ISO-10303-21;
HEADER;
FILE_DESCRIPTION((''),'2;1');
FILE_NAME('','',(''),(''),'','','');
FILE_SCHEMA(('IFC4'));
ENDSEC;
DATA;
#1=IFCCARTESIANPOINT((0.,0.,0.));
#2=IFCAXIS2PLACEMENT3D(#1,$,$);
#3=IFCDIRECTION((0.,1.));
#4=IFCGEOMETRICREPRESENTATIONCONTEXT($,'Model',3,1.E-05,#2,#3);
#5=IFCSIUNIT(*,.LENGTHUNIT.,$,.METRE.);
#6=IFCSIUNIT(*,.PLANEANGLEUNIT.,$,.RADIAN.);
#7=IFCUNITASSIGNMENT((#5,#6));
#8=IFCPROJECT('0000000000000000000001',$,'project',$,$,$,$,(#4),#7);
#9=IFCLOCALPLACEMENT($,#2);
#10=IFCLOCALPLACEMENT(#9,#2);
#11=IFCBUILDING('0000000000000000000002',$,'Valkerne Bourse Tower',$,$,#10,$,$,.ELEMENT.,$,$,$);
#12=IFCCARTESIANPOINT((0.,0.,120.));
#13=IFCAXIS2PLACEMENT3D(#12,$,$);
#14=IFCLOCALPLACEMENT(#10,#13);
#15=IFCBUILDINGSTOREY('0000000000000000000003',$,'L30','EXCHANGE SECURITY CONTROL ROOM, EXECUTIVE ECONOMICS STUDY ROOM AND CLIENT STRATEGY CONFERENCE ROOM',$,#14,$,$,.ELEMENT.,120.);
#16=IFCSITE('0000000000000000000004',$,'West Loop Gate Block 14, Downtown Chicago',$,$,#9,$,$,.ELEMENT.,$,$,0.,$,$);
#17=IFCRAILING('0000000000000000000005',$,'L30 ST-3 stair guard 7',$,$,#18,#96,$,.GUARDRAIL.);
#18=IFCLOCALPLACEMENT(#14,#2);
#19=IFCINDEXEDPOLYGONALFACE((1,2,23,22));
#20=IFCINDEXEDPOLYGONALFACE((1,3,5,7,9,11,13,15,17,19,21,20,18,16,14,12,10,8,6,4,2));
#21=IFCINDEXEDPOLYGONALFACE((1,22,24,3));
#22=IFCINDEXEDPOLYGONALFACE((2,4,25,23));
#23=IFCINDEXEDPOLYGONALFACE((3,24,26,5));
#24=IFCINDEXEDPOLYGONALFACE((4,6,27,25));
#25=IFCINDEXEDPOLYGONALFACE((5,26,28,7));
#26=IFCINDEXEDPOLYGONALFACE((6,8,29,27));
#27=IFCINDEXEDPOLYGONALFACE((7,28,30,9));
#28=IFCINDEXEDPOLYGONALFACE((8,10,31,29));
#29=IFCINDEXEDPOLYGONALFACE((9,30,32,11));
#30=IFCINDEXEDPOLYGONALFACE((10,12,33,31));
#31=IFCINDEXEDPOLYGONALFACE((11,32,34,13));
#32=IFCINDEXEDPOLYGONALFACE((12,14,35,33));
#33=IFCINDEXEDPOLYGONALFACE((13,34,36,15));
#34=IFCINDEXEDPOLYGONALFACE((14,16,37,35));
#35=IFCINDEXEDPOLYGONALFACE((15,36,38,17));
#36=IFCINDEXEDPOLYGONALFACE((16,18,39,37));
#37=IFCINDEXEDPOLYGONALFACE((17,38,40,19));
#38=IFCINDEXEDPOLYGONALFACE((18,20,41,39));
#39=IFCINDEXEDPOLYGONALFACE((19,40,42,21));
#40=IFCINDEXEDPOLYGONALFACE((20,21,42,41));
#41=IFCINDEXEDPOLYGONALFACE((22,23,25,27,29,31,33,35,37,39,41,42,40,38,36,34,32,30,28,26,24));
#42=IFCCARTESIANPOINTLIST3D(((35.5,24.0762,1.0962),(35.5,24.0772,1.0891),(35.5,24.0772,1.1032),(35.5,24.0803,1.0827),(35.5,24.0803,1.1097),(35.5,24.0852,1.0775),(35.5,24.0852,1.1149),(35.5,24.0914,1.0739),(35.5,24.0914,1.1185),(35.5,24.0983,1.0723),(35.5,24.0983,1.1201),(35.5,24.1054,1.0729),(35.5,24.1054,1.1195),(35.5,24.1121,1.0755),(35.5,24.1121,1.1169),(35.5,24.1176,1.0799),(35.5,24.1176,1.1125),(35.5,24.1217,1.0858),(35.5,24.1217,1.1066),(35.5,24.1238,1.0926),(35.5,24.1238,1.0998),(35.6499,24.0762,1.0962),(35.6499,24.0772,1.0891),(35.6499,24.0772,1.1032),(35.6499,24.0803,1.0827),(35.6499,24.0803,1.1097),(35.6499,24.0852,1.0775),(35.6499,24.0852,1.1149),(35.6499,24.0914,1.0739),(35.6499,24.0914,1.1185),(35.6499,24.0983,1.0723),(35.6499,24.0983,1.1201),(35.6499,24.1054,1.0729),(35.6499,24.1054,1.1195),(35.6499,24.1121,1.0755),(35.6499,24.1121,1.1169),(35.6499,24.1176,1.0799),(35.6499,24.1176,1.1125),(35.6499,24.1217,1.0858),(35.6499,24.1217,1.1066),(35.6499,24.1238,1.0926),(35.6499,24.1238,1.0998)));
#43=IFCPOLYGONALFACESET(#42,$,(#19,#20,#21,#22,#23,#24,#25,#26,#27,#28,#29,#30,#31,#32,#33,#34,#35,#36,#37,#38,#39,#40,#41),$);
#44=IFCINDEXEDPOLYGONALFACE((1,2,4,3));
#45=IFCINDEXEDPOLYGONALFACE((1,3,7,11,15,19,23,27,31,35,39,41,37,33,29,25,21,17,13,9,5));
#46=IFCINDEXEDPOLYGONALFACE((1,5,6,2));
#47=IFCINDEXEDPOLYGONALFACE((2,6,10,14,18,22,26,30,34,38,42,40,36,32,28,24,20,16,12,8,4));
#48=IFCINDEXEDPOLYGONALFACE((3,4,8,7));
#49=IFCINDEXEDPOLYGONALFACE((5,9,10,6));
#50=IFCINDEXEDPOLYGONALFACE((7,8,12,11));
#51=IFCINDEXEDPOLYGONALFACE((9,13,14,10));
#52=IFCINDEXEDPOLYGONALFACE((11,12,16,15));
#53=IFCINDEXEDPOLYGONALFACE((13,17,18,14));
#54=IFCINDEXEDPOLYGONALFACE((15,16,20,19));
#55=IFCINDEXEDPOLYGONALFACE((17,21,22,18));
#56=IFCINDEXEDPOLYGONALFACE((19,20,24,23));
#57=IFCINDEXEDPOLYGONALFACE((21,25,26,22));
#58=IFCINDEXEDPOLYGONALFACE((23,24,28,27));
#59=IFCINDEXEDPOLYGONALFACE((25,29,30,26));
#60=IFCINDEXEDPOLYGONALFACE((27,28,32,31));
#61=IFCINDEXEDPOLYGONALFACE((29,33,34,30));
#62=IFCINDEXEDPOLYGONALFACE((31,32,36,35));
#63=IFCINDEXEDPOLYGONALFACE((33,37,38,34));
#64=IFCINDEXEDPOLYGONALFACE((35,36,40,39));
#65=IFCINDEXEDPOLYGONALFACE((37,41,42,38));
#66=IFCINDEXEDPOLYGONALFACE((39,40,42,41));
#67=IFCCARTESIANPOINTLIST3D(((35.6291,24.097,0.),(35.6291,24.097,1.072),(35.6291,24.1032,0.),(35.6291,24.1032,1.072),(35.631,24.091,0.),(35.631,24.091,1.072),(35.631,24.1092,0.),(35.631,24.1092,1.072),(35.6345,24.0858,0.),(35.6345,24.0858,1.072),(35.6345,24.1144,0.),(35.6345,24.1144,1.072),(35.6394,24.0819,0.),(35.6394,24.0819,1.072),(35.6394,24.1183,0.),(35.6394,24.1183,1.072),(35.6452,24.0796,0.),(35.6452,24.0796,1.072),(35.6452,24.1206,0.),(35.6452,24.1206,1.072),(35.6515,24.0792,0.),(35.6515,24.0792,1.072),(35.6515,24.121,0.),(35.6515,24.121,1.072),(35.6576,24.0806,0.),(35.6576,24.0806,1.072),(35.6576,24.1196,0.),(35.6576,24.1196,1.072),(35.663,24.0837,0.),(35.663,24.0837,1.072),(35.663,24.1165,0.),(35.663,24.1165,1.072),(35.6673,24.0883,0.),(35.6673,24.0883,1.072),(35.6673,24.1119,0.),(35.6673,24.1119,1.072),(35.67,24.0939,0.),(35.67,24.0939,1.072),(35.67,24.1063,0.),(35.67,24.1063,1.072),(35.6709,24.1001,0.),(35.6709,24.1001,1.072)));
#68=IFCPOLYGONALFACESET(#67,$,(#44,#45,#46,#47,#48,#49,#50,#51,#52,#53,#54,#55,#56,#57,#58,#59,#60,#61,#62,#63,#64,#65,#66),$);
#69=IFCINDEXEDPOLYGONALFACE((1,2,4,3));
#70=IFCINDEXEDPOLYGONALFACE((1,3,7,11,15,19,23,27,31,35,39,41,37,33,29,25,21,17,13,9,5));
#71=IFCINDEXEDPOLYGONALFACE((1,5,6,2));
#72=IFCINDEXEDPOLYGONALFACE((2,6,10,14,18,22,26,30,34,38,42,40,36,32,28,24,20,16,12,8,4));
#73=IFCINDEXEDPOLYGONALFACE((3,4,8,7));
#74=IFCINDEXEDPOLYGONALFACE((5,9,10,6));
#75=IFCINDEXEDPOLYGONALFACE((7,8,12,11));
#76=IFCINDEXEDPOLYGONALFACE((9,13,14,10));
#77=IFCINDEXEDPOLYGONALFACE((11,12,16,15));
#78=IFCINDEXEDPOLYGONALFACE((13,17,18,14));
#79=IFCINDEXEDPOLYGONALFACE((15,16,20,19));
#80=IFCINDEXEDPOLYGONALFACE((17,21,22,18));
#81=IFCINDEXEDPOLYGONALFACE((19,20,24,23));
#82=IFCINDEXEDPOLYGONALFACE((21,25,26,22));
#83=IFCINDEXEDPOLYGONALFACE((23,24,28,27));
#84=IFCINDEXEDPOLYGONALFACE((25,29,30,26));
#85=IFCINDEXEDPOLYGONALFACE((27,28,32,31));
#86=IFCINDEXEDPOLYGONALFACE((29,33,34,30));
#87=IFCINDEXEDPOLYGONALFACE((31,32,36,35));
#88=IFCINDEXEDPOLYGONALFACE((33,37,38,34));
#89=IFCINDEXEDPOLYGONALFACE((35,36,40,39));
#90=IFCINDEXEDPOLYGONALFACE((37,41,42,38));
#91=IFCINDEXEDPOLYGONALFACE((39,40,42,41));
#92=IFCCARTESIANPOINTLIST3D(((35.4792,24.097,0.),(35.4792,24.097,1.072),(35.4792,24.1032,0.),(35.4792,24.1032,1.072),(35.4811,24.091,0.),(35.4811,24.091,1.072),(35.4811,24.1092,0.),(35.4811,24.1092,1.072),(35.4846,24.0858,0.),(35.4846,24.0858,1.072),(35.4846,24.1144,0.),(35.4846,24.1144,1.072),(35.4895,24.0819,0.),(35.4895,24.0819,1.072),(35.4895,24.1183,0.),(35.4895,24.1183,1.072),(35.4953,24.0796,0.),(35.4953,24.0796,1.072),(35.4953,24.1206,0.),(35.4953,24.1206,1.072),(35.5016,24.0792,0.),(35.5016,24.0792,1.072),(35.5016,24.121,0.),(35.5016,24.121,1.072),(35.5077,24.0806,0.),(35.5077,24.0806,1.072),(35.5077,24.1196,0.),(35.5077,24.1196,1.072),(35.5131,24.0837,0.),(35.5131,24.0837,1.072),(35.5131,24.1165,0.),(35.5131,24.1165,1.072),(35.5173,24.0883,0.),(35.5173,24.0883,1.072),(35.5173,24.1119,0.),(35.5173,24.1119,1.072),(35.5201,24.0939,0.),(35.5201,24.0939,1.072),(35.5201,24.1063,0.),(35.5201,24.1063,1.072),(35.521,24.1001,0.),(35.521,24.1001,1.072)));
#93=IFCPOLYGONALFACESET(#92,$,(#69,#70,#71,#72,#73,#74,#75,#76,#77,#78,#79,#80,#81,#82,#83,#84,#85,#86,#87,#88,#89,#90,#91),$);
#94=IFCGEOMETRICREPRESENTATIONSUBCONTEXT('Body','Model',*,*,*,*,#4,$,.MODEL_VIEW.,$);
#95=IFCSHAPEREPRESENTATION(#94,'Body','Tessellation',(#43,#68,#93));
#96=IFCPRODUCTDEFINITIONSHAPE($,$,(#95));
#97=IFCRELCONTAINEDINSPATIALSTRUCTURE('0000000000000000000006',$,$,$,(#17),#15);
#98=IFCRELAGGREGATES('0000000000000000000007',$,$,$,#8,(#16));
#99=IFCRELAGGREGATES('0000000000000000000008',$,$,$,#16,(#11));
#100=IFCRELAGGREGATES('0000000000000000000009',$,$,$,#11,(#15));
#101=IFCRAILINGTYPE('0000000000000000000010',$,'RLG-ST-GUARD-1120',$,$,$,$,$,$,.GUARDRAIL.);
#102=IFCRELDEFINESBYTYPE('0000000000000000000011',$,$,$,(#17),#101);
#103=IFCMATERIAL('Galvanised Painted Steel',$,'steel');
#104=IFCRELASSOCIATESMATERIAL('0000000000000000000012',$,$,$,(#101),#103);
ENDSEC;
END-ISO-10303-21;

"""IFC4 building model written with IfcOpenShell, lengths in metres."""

from ifc_helpers import new_model, si_unit, direction, frame, origin, origin_2d, place, context, subcontext, project, spatial, circle, extrude, material, type_object, element, save


model = new_model("IFC4")

# Units and contexts
model_context = context("Model", 3, precision=1e-05, world=origin(), true_north=direction((0.0, 1.0)))
body_context = subcontext(model_context, "Body", "Model", "MODEL_VIEW")
ifc_project = project(units=[si_unit("LENGTHUNIT", "METRE"), si_unit("PLANEANGLEUNIT", "RADIAN")], contexts=[model_context])

# Site, building, storey
site_placement = place(None, origin())
site = spatial("IfcSite", under=ifc_project, at=site_placement, Name="West Loop Gate Block 14, Downtown Chicago", CompositionType="ELEMENT", RefElevation=0.0)
building_placement = place(site_placement, origin())
building = spatial("IfcBuilding", under=site, at=building_placement, Name="Valkerne Bourse Tower", CompositionType="ELEMENT")
storey_placement = place(building_placement, frame((0.0, 0.0, 120.0)))
storey = spatial("IfcBuildingStorey", under=building, at=storey_placement, Name="L30", Description="EXCHANGE SECURITY CONTROL ROOM, EXECUTIVE ECONOMICS STUDY ROOM AND CLIENT STRATEGY CONFERENCE ROOM", CompositionType="ELEMENT", Elevation=120.0)

# Railing
ifc_material_1 = material(Name="Galvanised Painted Steel", Category="steel")
railing_type_1 = type_object("IfcRailingType", Name="RLG-ST-GUARD-1120", PredefinedType="GUARDRAIL", material=ifc_material_1)
railing_1_placement = place(storey_placement, frame((35.6499, 24.1001, 0.0)))
element("IfcRailing", 1, at=railing_1_placement, inside=storey, type_object=railing_type_1, Name="L30 ST-3 stair guard 7", PredefinedType="GUARDRAIL", context=body_context, shape_type="SweptSolid", body=[
    extrude(circle(Radius=0.0239, at=origin_2d()), frame((0.0, 0.0, 1.0962), z_axis=(-1.0, 0.0, 0.0), x_axis=(0.0, -1.0, 0.0)), (0.0, 0.0, 1.0), 0.1499),
    extrude(circle(Radius=0.021, at=origin_2d()), origin(), (0.0, 0.0, 1.0), 1.072),
    extrude(circle(Radius=0.021, at=origin_2d()), frame((-0.1499, 0.0, 0.0)), (0.0, 0.0, 1.0), 1.072),
])

save(model, "model.ifc")
